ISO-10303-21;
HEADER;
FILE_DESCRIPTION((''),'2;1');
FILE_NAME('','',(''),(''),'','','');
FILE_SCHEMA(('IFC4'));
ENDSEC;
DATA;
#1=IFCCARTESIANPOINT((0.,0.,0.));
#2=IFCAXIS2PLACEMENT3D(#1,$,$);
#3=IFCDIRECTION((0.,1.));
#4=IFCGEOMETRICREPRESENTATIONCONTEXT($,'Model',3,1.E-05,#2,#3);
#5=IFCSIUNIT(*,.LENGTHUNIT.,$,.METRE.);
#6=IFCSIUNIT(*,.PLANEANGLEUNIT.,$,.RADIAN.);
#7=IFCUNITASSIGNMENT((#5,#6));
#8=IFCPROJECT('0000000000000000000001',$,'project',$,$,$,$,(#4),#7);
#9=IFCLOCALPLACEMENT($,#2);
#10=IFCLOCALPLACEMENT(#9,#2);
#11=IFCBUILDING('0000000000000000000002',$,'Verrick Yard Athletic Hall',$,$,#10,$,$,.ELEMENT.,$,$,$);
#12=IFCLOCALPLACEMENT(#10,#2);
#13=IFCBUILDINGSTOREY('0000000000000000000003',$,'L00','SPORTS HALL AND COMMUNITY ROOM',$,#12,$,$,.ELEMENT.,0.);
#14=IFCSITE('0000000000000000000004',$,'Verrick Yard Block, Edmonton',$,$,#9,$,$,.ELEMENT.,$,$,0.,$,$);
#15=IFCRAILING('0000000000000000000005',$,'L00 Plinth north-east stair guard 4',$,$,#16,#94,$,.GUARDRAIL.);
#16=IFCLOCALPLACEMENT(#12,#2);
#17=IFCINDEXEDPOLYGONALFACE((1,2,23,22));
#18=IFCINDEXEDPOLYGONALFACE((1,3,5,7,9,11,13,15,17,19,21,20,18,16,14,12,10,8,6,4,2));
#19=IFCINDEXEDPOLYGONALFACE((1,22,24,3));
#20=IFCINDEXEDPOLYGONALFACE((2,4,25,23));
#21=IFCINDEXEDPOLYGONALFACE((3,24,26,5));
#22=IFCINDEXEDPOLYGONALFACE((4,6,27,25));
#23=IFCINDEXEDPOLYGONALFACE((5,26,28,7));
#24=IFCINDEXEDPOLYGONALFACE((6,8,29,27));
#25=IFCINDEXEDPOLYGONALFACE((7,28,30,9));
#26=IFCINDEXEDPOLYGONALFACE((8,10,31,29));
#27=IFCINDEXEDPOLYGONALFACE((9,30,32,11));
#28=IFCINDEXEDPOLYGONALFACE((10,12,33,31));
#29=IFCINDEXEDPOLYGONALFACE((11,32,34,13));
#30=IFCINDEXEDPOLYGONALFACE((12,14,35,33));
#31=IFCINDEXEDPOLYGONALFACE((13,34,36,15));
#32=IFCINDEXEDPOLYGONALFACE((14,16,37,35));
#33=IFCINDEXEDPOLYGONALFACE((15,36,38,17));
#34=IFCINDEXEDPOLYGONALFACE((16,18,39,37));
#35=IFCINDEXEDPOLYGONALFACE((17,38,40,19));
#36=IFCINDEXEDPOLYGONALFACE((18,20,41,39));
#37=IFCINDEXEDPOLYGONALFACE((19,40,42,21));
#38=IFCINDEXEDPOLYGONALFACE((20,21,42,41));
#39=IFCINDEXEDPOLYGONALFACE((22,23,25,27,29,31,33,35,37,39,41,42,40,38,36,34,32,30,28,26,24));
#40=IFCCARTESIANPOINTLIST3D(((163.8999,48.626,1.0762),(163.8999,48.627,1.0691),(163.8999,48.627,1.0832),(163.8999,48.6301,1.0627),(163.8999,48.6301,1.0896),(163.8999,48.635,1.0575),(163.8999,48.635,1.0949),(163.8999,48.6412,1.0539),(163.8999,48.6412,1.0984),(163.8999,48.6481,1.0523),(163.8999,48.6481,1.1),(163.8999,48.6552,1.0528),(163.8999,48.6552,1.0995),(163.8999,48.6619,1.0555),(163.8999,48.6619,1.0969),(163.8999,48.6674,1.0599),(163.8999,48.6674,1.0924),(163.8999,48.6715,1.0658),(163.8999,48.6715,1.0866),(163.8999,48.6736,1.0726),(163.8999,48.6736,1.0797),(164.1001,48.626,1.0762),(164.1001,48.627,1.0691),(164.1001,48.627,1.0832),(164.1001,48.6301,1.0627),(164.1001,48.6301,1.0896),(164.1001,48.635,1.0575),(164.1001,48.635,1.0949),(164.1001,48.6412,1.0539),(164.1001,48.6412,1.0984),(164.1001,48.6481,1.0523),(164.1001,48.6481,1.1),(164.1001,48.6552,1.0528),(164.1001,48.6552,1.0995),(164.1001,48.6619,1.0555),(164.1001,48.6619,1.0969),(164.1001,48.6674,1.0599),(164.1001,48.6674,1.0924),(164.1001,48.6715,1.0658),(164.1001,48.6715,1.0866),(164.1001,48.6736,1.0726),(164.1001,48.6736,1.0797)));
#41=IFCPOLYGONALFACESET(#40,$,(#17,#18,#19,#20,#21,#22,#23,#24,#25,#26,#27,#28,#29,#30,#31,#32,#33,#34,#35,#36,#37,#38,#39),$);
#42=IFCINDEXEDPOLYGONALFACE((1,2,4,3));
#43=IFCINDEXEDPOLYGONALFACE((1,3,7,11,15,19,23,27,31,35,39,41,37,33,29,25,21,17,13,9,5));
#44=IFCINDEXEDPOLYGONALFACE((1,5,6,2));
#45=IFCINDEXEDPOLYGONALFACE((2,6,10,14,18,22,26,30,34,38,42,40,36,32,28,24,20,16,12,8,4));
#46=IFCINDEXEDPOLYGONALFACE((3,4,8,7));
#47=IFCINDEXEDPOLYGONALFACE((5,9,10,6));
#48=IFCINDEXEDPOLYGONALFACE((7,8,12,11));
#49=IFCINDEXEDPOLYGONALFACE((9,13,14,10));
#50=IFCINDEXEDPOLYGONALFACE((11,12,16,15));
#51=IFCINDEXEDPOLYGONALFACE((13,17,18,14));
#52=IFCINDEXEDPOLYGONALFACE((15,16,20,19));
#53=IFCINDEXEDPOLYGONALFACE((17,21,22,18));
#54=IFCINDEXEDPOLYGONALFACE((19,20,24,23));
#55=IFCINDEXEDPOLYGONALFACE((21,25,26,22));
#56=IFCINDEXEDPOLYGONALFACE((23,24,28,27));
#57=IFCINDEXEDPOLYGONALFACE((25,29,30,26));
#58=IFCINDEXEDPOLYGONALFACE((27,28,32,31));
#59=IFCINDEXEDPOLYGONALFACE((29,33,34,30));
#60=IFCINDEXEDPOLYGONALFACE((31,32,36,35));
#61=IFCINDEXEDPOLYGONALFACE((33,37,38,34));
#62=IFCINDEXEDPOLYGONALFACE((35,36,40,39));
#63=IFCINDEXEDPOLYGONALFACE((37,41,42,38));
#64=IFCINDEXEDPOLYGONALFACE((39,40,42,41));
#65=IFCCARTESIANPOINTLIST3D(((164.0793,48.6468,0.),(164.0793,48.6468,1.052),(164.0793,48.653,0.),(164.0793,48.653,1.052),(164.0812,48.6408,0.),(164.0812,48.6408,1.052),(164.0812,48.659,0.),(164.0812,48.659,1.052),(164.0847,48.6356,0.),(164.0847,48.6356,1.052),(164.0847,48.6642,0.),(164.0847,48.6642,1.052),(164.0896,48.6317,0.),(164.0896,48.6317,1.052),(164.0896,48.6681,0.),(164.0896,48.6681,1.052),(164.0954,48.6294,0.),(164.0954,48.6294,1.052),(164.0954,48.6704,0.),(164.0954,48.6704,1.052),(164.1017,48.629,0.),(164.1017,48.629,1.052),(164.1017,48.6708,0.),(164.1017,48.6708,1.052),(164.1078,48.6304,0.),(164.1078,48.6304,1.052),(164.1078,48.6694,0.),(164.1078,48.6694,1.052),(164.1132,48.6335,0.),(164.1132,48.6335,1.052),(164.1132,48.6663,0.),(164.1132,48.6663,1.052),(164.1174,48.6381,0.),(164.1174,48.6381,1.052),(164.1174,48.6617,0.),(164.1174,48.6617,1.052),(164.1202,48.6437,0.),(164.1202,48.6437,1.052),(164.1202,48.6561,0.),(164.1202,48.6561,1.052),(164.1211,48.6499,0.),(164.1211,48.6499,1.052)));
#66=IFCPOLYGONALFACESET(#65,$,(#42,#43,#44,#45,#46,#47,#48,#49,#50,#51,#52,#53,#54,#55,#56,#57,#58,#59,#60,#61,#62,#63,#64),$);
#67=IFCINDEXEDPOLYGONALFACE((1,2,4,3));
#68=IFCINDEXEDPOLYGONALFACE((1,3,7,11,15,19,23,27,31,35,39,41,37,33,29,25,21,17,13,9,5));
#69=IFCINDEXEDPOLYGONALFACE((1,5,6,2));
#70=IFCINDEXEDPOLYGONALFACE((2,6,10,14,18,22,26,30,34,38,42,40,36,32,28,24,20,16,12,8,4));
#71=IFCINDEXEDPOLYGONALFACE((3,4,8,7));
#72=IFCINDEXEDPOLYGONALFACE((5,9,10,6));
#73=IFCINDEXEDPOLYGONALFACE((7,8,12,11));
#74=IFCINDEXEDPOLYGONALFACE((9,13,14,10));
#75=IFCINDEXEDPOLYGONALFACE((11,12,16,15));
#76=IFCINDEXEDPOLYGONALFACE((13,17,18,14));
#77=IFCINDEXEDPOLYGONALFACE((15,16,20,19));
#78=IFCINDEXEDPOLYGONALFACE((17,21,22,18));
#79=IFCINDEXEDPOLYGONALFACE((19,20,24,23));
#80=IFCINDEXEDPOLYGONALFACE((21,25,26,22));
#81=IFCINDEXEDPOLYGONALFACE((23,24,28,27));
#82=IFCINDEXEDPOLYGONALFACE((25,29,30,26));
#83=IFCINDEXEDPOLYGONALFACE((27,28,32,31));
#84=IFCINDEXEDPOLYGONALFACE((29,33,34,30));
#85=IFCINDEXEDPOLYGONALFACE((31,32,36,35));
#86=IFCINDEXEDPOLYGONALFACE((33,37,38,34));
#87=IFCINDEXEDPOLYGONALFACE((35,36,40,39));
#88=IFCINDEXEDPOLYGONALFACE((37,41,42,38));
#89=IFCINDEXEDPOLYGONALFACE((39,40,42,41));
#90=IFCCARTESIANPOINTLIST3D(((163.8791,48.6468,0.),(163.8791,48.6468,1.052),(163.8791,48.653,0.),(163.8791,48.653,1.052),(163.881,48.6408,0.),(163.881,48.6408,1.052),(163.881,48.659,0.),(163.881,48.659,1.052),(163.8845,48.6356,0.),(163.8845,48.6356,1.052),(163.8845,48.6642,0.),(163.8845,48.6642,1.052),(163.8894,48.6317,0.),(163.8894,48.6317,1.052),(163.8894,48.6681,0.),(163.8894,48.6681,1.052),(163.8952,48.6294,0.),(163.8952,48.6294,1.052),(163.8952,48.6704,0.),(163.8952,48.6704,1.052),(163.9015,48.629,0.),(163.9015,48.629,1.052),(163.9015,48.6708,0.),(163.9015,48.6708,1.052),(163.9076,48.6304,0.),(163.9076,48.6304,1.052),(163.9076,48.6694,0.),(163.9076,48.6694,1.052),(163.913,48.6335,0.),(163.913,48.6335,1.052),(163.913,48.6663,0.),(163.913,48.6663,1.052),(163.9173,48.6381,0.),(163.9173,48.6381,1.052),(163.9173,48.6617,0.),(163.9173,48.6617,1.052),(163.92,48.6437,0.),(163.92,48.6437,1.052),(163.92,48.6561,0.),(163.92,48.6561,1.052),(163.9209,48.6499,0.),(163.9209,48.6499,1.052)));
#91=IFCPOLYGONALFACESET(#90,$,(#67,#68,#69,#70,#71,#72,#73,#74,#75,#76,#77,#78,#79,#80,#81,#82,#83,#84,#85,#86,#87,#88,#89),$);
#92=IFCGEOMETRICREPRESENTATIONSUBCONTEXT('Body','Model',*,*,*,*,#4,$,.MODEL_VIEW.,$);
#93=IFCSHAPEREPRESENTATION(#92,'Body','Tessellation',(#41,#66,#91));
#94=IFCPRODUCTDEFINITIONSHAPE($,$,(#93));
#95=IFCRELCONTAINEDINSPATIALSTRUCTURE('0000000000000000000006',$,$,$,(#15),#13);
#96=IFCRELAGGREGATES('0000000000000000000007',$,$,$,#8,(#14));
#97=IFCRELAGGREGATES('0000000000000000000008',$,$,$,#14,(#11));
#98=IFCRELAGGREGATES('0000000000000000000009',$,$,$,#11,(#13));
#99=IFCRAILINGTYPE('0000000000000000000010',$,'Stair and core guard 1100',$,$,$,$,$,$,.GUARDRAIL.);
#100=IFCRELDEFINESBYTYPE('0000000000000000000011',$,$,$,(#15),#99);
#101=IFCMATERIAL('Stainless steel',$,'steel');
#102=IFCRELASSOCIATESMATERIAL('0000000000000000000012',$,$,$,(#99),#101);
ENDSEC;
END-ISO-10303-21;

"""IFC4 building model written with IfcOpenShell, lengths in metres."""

from ifc_helpers import new_model, si_unit, direction, frame, origin, origin_2d, place, context, subcontext, project, spatial, circle, extrude, material, type_object, element, save


model = new_model("IFC4")

# Units and contexts
model_context = context("Model", 3, precision=1e-05, world=origin(), true_north=direction((0.0, 1.0)))
body_context = subcontext(model_context, "Body", "Model", "MODEL_VIEW")
ifc_project = project(units=[si_unit("LENGTHUNIT", "METRE"), si_unit("PLANEANGLEUNIT", "RADIAN")], contexts=[model_context])

# Site, building, storey
site_placement = place(None, origin())
site = spatial("IfcSite", under=ifc_project, at=site_placement, Name="Verrick Yard Block, Edmonton", CompositionType="ELEMENT", RefElevation=0.0)
building_placement = place(site_placement, origin())
building = spatial("IfcBuilding", under=site, at=building_placement, Name="Verrick Yard Athletic Hall", CompositionType="ELEMENT")
storey_placement = place(building_placement, origin())
storey = spatial("IfcBuildingStorey", under=building, at=storey_placement, Name="L00", Description="SPORTS HALL AND COMMUNITY ROOM", CompositionType="ELEMENT", Elevation=0.0)

# Railing
ifc_material_1 = material(Name="Stainless steel", Category="steel")
railing_type_1 = type_object("IfcRailingType", Name="Stair and core guard 1100", PredefinedType="GUARDRAIL", material=ifc_material_1)
railing_1_placement = place(storey_placement, frame((164.1001, 48.6499, 0.0)))
element("IfcRailing", 1, at=railing_1_placement, inside=storey, type_object=railing_type_1, Name="L00 Plinth north-east stair guard 4", PredefinedType="GUARDRAIL", context=body_context, shape_type="SweptSolid", body=[
    extrude(circle(Radius=0.0239, at=origin_2d()), frame((0.0, 0.0, 1.0762), z_axis=(-1.0, 0.0, 0.0), x_axis=(0.0, -1.0, 0.0)), (0.0, 0.0, 1.0), 0.2002),
    extrude(circle(Radius=0.021, at=origin_2d()), origin(), (0.0, 0.0, 1.0), 1.052),
    extrude(circle(Radius=0.021, at=origin_2d()), frame((-0.2002, 0.0, 0.0)), (0.0, 0.0, 1.0), 1.052),
])

save(model, "model.ifc")
